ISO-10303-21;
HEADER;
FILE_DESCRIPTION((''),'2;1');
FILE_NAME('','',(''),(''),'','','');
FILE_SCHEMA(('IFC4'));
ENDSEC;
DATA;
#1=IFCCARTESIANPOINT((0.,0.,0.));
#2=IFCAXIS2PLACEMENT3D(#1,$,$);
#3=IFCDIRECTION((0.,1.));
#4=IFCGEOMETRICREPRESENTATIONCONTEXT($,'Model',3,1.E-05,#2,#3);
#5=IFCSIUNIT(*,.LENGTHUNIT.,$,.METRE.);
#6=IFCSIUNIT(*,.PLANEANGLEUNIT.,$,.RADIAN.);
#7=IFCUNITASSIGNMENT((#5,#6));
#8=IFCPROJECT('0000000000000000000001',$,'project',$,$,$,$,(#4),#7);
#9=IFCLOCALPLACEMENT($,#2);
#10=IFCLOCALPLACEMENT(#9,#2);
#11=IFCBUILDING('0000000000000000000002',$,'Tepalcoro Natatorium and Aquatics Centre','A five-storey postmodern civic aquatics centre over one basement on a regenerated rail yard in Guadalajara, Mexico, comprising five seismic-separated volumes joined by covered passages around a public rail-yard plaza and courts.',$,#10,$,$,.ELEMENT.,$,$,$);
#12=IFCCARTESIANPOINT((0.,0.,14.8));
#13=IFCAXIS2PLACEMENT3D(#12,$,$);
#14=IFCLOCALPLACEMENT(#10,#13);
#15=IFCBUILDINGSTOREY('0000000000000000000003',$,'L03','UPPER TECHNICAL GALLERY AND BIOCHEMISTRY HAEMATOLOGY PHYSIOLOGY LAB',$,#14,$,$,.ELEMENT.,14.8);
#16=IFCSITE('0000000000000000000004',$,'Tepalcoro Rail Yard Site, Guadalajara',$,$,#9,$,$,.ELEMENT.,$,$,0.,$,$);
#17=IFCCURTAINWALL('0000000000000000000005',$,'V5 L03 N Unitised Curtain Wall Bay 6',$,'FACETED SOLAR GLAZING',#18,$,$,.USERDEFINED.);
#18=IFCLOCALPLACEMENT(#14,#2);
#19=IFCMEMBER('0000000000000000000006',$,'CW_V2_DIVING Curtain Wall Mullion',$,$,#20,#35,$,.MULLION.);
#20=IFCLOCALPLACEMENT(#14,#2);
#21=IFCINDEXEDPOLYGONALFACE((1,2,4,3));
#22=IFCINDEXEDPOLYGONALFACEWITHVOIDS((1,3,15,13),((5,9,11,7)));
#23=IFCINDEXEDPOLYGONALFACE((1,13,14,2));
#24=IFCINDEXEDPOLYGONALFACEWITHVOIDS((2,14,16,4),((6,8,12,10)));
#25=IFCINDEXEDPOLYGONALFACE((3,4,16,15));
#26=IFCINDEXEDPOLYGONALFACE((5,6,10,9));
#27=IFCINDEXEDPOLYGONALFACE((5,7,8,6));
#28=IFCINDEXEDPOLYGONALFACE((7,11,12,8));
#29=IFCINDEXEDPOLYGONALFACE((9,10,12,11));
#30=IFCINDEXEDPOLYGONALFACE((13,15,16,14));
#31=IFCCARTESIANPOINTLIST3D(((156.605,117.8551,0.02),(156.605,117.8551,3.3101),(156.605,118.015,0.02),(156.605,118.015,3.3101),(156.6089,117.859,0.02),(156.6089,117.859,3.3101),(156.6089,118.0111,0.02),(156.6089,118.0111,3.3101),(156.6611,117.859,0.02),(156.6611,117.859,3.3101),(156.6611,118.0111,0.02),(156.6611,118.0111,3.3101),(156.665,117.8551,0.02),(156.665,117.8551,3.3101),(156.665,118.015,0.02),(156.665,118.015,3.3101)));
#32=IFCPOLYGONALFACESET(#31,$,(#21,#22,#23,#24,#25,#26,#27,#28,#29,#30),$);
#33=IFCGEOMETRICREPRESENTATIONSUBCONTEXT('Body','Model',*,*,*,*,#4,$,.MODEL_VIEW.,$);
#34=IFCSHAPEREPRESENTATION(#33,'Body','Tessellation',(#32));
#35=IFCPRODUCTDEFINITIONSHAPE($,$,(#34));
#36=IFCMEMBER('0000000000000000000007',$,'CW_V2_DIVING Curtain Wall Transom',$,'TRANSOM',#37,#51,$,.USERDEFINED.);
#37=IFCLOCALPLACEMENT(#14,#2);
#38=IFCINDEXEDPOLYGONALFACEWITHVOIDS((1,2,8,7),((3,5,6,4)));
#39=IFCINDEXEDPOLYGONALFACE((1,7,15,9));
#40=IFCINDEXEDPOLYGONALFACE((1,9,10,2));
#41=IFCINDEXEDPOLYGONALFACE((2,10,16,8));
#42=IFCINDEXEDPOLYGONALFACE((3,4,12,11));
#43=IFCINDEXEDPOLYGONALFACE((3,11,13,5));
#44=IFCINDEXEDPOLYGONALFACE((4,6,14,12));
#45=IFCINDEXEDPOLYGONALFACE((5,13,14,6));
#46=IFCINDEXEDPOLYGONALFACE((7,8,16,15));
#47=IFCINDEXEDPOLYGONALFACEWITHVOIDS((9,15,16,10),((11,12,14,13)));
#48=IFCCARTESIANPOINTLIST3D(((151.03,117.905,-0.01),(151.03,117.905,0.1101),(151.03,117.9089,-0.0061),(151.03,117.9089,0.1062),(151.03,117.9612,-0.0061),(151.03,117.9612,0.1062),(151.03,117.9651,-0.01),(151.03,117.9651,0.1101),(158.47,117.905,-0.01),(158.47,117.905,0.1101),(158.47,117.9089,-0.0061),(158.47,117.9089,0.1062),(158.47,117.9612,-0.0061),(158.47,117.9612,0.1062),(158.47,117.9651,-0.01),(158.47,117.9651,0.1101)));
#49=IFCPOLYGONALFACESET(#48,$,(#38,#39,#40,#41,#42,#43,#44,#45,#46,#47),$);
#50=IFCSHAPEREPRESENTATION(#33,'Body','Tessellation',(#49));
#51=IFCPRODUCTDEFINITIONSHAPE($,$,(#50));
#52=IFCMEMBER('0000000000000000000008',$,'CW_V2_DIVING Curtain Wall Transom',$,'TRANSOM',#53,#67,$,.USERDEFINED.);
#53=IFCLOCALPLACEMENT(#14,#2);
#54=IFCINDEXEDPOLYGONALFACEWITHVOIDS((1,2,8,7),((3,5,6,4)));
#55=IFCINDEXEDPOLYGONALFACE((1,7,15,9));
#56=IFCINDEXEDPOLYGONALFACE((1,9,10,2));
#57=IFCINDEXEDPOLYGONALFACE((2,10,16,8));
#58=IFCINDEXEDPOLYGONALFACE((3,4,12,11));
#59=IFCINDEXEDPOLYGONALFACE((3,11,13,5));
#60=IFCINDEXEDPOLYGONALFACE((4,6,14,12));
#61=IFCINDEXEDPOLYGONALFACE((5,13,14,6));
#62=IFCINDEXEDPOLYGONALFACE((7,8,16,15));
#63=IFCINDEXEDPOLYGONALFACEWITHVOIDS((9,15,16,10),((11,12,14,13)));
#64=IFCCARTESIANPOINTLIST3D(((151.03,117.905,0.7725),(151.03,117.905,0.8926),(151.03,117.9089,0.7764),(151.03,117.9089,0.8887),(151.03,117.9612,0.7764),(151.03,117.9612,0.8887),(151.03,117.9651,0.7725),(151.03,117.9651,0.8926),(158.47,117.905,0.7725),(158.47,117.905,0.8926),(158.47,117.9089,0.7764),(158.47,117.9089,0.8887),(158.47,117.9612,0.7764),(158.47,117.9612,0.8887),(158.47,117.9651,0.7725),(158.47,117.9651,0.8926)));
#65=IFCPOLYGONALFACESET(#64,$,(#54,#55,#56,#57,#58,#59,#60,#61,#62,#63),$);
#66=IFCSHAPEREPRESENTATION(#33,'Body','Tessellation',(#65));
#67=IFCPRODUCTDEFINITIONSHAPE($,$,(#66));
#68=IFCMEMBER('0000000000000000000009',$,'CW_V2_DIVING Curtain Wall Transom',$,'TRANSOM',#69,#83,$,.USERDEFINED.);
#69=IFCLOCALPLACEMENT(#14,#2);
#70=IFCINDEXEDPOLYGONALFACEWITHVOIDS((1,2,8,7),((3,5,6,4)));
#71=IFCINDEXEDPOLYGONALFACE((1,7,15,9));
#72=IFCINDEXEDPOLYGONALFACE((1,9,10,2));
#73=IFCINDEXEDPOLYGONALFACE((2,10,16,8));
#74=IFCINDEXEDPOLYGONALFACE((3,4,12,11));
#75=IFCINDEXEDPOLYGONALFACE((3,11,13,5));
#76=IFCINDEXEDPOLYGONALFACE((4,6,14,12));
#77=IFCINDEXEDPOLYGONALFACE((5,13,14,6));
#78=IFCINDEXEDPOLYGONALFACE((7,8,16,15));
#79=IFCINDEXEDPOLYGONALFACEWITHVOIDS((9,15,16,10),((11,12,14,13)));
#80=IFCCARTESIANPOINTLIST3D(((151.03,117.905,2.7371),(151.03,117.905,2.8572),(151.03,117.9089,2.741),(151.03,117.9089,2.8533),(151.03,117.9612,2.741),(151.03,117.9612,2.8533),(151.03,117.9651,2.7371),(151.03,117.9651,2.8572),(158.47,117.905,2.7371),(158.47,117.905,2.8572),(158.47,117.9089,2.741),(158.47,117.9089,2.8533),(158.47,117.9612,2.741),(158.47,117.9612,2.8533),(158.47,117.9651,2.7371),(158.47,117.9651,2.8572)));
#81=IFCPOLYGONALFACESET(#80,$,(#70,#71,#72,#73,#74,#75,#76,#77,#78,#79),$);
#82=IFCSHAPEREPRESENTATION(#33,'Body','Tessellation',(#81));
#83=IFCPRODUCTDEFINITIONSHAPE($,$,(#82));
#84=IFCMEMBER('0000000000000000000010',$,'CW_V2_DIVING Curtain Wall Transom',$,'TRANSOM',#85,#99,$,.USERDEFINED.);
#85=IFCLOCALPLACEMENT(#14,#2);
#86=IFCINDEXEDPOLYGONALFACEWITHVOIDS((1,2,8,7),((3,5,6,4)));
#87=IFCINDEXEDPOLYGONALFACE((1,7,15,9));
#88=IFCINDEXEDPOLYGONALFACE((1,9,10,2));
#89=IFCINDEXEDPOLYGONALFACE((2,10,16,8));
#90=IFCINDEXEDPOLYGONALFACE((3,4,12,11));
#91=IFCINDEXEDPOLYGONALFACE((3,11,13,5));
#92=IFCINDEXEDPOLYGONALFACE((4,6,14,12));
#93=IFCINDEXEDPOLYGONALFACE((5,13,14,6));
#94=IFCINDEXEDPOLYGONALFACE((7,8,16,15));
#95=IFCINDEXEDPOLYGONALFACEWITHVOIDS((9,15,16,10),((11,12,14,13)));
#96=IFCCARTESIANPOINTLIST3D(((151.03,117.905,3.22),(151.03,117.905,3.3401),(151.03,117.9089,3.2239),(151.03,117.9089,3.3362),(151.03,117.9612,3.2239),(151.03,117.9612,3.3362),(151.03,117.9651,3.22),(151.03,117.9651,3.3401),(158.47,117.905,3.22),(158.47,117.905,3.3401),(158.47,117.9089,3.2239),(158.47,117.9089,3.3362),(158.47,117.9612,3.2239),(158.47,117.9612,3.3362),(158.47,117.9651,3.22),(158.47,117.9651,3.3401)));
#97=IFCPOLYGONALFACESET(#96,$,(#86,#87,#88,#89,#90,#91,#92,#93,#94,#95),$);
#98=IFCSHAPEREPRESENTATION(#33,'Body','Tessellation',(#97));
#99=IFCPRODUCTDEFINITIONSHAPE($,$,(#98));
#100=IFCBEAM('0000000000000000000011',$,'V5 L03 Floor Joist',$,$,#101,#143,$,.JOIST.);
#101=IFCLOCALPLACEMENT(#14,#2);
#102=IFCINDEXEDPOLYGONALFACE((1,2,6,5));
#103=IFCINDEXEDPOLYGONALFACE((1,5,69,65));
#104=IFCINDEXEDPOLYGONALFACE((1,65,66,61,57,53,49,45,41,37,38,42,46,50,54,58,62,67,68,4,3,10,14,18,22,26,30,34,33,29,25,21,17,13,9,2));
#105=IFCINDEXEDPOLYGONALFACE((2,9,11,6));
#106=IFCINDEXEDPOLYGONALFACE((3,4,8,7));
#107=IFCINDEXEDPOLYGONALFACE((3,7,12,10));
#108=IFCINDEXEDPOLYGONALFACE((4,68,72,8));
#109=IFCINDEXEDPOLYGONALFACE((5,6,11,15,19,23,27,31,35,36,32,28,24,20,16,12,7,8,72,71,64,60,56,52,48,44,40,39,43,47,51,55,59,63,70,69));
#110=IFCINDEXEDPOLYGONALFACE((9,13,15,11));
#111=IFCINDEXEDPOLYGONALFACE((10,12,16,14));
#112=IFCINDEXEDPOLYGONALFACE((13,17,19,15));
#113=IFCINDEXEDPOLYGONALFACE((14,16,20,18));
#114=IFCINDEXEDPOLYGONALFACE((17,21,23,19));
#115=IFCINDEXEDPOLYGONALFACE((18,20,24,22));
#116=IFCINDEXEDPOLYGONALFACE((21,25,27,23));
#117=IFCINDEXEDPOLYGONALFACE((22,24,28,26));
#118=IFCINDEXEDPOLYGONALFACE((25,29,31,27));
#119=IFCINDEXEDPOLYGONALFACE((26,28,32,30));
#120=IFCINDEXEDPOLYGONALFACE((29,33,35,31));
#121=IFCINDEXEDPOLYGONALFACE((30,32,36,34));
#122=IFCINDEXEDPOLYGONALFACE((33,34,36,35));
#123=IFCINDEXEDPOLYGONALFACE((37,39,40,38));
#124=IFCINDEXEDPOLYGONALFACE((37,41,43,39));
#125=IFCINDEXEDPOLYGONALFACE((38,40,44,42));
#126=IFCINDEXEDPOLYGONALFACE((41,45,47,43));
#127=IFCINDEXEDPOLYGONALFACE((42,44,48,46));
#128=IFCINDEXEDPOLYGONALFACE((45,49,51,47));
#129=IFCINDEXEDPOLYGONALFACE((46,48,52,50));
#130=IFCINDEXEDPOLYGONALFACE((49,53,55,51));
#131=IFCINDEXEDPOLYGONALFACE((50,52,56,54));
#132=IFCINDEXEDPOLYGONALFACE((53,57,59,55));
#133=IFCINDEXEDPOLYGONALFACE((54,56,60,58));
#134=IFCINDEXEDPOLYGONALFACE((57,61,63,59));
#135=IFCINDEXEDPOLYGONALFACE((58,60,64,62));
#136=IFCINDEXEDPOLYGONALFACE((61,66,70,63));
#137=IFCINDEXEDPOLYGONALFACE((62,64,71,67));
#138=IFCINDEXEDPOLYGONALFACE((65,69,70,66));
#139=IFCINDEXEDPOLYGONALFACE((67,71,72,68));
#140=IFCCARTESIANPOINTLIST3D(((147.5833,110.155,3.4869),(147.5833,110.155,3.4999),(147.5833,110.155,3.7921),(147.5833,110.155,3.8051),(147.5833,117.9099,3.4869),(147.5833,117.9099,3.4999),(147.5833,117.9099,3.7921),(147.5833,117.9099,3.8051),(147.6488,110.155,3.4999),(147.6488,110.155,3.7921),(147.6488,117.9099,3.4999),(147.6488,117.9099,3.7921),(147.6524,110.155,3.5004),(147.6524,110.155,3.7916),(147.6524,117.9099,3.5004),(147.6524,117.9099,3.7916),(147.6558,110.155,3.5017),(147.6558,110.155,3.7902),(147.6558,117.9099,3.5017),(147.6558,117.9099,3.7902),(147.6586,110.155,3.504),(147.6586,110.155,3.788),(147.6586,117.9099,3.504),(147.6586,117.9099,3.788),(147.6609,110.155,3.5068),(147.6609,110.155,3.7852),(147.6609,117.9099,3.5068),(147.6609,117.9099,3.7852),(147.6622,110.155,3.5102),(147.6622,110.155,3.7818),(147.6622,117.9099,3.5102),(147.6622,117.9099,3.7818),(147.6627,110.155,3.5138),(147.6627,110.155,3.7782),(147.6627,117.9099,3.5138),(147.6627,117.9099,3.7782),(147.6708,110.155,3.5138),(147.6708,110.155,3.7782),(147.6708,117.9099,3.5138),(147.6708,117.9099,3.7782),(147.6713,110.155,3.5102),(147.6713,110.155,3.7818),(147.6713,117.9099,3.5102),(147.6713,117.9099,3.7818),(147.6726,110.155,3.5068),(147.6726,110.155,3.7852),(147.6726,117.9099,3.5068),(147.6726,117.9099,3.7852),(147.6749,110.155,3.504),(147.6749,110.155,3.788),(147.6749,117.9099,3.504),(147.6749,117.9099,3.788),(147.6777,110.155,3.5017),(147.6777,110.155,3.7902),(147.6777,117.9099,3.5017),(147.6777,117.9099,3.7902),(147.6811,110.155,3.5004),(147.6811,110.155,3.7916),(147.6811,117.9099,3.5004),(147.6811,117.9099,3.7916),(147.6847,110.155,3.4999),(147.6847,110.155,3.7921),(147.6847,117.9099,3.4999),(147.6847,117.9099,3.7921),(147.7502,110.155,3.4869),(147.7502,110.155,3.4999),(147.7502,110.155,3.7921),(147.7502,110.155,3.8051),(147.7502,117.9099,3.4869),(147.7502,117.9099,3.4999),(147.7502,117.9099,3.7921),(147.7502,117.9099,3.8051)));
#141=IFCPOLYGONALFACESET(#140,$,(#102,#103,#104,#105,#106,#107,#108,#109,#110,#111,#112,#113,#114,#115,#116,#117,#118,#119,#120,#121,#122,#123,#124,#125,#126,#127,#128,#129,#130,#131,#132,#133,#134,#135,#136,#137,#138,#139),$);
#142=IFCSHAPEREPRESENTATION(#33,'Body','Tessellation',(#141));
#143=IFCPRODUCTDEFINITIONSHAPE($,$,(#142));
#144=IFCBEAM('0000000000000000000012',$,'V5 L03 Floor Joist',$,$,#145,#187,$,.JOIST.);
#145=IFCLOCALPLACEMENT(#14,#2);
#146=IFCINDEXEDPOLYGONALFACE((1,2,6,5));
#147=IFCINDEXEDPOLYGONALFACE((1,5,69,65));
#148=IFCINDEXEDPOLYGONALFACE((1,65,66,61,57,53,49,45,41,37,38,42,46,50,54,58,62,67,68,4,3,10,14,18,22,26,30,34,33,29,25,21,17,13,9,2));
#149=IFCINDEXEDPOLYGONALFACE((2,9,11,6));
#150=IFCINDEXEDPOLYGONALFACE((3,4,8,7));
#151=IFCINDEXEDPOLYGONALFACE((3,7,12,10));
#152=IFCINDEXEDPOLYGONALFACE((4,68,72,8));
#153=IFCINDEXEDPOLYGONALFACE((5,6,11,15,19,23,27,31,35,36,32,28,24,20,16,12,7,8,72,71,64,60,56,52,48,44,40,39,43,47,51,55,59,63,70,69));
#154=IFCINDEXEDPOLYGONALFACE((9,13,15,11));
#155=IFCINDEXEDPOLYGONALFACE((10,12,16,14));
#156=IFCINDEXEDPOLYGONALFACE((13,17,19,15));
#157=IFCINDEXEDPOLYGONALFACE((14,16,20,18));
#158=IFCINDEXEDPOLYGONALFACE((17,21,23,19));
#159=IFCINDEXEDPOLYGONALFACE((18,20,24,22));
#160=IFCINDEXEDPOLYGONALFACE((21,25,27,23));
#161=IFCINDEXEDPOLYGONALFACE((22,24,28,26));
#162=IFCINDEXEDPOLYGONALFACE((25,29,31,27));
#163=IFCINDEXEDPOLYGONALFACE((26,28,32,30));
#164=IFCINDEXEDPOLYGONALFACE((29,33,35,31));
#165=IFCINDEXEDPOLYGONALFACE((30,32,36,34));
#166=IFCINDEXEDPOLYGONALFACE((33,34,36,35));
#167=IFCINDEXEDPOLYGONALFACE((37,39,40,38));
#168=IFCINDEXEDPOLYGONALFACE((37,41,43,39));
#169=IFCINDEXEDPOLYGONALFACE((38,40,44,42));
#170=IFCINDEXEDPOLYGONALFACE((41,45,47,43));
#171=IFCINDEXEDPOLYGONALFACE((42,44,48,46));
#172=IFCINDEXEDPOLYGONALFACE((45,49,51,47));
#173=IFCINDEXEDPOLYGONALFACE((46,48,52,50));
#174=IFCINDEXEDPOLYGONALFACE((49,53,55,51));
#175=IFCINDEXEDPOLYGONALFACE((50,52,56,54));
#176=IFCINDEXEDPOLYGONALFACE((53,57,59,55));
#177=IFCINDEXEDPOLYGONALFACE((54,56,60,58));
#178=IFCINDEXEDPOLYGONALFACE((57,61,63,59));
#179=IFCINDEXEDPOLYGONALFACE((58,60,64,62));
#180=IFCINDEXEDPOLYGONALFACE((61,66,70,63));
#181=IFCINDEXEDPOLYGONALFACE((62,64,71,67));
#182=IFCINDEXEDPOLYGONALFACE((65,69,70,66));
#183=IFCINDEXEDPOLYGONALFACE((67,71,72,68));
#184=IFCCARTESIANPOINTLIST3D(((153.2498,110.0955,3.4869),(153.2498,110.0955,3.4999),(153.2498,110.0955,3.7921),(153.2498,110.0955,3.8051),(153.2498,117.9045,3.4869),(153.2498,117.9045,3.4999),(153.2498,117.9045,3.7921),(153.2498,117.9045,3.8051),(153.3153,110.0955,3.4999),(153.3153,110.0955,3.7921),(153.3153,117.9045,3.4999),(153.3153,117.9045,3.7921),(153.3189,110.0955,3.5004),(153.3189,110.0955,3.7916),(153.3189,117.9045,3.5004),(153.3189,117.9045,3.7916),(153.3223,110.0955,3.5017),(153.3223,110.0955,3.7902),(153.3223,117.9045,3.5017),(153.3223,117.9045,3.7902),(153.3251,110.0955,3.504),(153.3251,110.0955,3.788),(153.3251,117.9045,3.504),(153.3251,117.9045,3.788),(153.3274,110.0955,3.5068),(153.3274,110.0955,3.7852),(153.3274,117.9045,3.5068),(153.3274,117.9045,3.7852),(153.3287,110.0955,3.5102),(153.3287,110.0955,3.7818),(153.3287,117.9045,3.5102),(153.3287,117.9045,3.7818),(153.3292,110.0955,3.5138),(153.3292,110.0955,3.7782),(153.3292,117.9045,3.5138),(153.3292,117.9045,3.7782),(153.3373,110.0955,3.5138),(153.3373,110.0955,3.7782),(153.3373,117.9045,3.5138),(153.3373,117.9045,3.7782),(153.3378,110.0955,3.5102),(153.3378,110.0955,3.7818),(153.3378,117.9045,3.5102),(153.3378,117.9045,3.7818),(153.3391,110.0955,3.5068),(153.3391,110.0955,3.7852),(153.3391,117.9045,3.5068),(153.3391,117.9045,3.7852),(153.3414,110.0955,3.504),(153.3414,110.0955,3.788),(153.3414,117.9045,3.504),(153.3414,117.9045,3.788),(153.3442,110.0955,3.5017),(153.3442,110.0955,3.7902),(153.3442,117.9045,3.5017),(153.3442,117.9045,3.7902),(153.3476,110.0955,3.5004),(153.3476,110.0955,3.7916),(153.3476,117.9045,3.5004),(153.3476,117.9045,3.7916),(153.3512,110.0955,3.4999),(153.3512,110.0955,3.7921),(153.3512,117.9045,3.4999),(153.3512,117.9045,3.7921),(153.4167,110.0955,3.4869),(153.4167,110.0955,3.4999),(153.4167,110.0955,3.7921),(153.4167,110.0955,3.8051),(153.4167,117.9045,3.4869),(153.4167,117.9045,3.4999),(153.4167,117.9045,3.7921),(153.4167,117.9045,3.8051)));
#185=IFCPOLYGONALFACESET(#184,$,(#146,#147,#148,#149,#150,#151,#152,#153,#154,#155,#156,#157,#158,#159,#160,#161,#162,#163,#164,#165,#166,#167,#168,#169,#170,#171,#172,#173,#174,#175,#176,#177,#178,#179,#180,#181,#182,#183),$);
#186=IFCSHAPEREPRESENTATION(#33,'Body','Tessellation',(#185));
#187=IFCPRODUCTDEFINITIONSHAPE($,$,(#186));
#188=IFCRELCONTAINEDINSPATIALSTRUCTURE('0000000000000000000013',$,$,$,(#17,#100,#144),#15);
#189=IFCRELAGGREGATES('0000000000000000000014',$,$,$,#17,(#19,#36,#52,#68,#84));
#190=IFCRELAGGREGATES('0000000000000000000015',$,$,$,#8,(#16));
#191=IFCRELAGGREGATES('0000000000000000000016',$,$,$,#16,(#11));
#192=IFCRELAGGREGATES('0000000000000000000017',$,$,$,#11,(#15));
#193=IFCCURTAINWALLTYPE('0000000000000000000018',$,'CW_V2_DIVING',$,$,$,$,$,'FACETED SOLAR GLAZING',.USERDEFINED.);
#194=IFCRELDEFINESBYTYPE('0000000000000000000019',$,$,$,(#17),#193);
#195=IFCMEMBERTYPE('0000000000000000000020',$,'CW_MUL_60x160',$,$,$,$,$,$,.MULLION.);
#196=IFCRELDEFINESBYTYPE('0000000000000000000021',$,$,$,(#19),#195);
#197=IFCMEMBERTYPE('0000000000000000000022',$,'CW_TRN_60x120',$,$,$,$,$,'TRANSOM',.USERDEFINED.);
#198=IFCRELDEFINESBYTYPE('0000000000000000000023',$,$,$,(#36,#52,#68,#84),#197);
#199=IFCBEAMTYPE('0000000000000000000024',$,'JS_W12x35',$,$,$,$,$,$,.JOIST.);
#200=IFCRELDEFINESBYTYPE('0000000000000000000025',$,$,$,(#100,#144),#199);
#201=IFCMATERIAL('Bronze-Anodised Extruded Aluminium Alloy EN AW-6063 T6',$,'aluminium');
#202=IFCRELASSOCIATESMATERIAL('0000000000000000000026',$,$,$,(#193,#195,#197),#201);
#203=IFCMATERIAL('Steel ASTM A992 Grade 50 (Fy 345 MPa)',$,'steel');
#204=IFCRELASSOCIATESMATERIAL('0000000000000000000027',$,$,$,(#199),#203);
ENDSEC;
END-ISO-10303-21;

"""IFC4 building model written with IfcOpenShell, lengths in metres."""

from ifc_helpers import new_model, si_unit, direction, frame, origin, origin_2d, place, context, subcontext, project, spatial, hollow_rectangle, i_section, extrude, material, material_profile, profile_set, type_object, element, aggregate, save


model = new_model("IFC4")

# Units and contexts
model_context = context("Model", 3, precision=1e-05, world=origin(), true_north=direction((0.0, 1.0)))
body_context = subcontext(model_context, "Body", "Model", "MODEL_VIEW")
ifc_project = project(units=[si_unit("LENGTHUNIT", "METRE"), si_unit("PLANEANGLEUNIT", "RADIAN")], contexts=[model_context])

# Site, building, storey
site_placement = place(None, origin())
site = spatial("IfcSite", under=ifc_project, at=site_placement, Name="Tepalcoro Rail Yard Site, Guadalajara", CompositionType="ELEMENT", RefElevation=0.0)
building_placement = place(site_placement, origin())
building = spatial("IfcBuilding", under=site, at=building_placement, Name="Tepalcoro Natatorium and Aquatics Centre", Description="A five-storey postmodern civic aquatics centre over one basement on a regenerated rail yard in Guadalajara, Mexico, comprising five seismic-separated volumes joined by covered passages around a public rail-yard plaza and courts.", CompositionType="ELEMENT")
storey_placement = place(building_placement, frame((0.0, 0.0, 14.8)))
storey = spatial("IfcBuildingStorey", under=building, at=storey_placement, Name="L03", Description="UPPER TECHNICAL GALLERY AND BIOCHEMISTRY HAEMATOLOGY PHYSIOLOGY LAB", CompositionType="ELEMENT", Elevation=14.8)

# Shared definitions
ifc_material_1 = material(Name="Steel ASTM A992 Grade 50 (Fy 345 MPa)", Category="steel")

# Curtain wall, members
ifc_material_2 = material(Name="Bronze-Anodised Extruded Aluminium Alloy EN AW-6063 T6", Category="aluminium")
curtain_wall_type = type_object("IfcCurtainWallType", Name="CW_V2_DIVING", ElementType="FACETED SOLAR GLAZING", PredefinedType="USERDEFINED", material=ifc_material_2)
curtain_wall_placement = place(storey_placement, origin())
curtain_wall = element("IfcCurtainWall", 1, at=curtain_wall_placement, inside=storey, type_object=curtain_wall_type, Name="V5 L03 N Unitised Curtain Wall Bay 6", ObjectType="FACETED SOLAR GLAZING", PredefinedType="USERDEFINED")
ifc_material_profile_1 = material_profile(ifc_material_2, hollow_rectangle(XDim=0.0601, YDim=0.1599, WallThickness=0.0039, at=origin_2d()), Name="AL60X160X4")
ifc_profile_set_1 = profile_set([ifc_material_profile_1], Name="Bronze-Anodised Extruded Aluminium Alloy EN AW-6063 T6")
member_type_1 = type_object("IfcMemberType", Name="CW_MUL_60x160", PredefinedType="MULLION", material=ifc_profile_set_1)
member_1_placement = place(storey_placement, frame((156.635, 117.9351, 0.02), z_axis=(0.0, 0.0, 1.0), x_axis=(1.0, 0.0, 0.0)))
member_1 = element("IfcMember", 2, at=member_1_placement, type_object=member_type_1, Name="CW_V2_DIVING Curtain Wall Mullion", PredefinedType="MULLION", context=body_context, shape_type="SweptSolid", body=[
    extrude(hollow_rectangle(XDim=0.0601, YDim=0.1599, WallThickness=0.0039, at=origin_2d()), origin(), (0.0, 0.0, 1.0), 3.29),
])
ifc_material_profile_2 = material_profile(ifc_material_2, hollow_rectangle(XDim=0.0601, YDim=0.1201, WallThickness=0.0039, at=origin_2d()), Name="AL60X120X4")
ifc_profile_set_2 = profile_set([ifc_material_profile_2], Name="Bronze-Anodised Extruded Aluminium Alloy EN AW-6063 T6")
member_type_2 = type_object("IfcMemberType", Name="CW_TRN_60x120", ElementType="TRANSOM", PredefinedType="USERDEFINED", material=ifc_profile_set_2)
member_2_placement = place(storey_placement, frame((151.03, 117.9351, 0.05), z_axis=(1.0, 0.0, 0.0), x_axis=(0.0, 1.0, 0.0)))
member_2 = element("IfcMember", 3, at=member_2_placement, type_object=member_type_2, Name="CW_V2_DIVING Curtain Wall Transom", ObjectType="TRANSOM", PredefinedType="USERDEFINED", context=body_context, shape_type="SweptSolid", body=[
    extrude(hollow_rectangle(XDim=0.0601, YDim=0.1201, WallThickness=0.0039, at=origin_2d()), origin(), (0.0, 0.0, 1.0), 7.4399),
])
member_3_placement = place(storey_placement, frame((151.03, 117.9351, 0.8325), z_axis=(1.0, 0.0, 0.0), x_axis=(0.0, 1.0, 0.0)))
member_3 = element("IfcMember", 4, at=member_3_placement, type_object=member_type_2, Name="CW_V2_DIVING Curtain Wall Transom", ObjectType="TRANSOM", PredefinedType="USERDEFINED", context=body_context, shape_type="SweptSolid", body=[
    extrude(hollow_rectangle(XDim=0.0601, YDim=0.1201, WallThickness=0.0039, at=origin_2d()), origin(), (0.0, 0.0, 1.0), 7.4399),
])
member_4_placement = place(storey_placement, frame((151.03, 117.9351, 2.7971), z_axis=(1.0, 0.0, 0.0), x_axis=(0.0, 1.0, 0.0)))
member_4 = element("IfcMember", 5, at=member_4_placement, type_object=member_type_2, Name="CW_V2_DIVING Curtain Wall Transom", ObjectType="TRANSOM", PredefinedType="USERDEFINED", context=body_context, shape_type="SweptSolid", body=[
    extrude(hollow_rectangle(XDim=0.0601, YDim=0.1201, WallThickness=0.0039, at=origin_2d()), origin(), (0.0, 0.0, 1.0), 7.4399),
])
member_5_placement = place(storey_placement, frame((151.03, 117.9351, 3.28), z_axis=(1.0, 0.0, 0.0), x_axis=(0.0, 1.0, 0.0)))
member_5 = element("IfcMember", 6, at=member_5_placement, type_object=member_type_2, Name="CW_V2_DIVING Curtain Wall Transom", ObjectType="TRANSOM", PredefinedType="USERDEFINED", context=body_context, shape_type="SweptSolid", body=[
    extrude(hollow_rectangle(XDim=0.0601, YDim=0.1201, WallThickness=0.0039, at=origin_2d()), origin(), (0.0, 0.0, 1.0), 7.4399),
])

# Beams
ifc_material_profile_3 = material_profile(ifc_material_1, i_section(OverallWidth=0.167, OverallDepth=0.3181, WebThickness=0.0081, FlangeThickness=0.0129, FilletRadius=0.0139, at=origin_2d()), Name="W12X35")
ifc_profile_set_3 = profile_set([ifc_material_profile_3], Name="Steel ASTM A992 Grade 50 (Fy 345 MPa)")
beam_type_1 = type_object("IfcBeamType", Name="JS_W12x35", PredefinedType="JOIST", material=ifc_profile_set_3)
beam_1_placement = place(storey_placement, frame((147.6667, 110.155, 3.646), z_axis=(0.0, 1.0, 0.0), x_axis=(-1.0, 0.0, 0.0)))
element("IfcBeam", 7, at=beam_1_placement, inside=storey, type_object=beam_type_1, Name="V5 L03 Floor Joist", PredefinedType="JOIST", context=body_context, shape_type="SweptSolid", body=[
    extrude(i_section(OverallWidth=0.167, OverallDepth=0.3181, WebThickness=0.0081, FlangeThickness=0.0129, FilletRadius=0.0139, at=origin_2d()), origin(), (0.0, 0.0, 1.0), 7.7549),
])
beam_2_placement = place(storey_placement, frame((153.3333, 110.0955, 3.646), z_axis=(0.0, 1.0, 0.0), x_axis=(-1.0, 0.0, 0.0)))
element("IfcBeam", 8, at=beam_2_placement, inside=storey, type_object=beam_type_1, Name="V5 L03 Floor Joist", PredefinedType="JOIST", context=body_context, shape_type="SweptSolid", body=[
    extrude(i_section(OverallWidth=0.167, OverallDepth=0.3181, WebThickness=0.0081, FlangeThickness=0.0129, FilletRadius=0.0139, at=origin_2d()), origin(), (0.0, 0.0, 1.0), 7.8091),
])

aggregate(curtain_wall, [member_1, member_2, member_3, member_4, member_5])

save(model, "model.ifc")
